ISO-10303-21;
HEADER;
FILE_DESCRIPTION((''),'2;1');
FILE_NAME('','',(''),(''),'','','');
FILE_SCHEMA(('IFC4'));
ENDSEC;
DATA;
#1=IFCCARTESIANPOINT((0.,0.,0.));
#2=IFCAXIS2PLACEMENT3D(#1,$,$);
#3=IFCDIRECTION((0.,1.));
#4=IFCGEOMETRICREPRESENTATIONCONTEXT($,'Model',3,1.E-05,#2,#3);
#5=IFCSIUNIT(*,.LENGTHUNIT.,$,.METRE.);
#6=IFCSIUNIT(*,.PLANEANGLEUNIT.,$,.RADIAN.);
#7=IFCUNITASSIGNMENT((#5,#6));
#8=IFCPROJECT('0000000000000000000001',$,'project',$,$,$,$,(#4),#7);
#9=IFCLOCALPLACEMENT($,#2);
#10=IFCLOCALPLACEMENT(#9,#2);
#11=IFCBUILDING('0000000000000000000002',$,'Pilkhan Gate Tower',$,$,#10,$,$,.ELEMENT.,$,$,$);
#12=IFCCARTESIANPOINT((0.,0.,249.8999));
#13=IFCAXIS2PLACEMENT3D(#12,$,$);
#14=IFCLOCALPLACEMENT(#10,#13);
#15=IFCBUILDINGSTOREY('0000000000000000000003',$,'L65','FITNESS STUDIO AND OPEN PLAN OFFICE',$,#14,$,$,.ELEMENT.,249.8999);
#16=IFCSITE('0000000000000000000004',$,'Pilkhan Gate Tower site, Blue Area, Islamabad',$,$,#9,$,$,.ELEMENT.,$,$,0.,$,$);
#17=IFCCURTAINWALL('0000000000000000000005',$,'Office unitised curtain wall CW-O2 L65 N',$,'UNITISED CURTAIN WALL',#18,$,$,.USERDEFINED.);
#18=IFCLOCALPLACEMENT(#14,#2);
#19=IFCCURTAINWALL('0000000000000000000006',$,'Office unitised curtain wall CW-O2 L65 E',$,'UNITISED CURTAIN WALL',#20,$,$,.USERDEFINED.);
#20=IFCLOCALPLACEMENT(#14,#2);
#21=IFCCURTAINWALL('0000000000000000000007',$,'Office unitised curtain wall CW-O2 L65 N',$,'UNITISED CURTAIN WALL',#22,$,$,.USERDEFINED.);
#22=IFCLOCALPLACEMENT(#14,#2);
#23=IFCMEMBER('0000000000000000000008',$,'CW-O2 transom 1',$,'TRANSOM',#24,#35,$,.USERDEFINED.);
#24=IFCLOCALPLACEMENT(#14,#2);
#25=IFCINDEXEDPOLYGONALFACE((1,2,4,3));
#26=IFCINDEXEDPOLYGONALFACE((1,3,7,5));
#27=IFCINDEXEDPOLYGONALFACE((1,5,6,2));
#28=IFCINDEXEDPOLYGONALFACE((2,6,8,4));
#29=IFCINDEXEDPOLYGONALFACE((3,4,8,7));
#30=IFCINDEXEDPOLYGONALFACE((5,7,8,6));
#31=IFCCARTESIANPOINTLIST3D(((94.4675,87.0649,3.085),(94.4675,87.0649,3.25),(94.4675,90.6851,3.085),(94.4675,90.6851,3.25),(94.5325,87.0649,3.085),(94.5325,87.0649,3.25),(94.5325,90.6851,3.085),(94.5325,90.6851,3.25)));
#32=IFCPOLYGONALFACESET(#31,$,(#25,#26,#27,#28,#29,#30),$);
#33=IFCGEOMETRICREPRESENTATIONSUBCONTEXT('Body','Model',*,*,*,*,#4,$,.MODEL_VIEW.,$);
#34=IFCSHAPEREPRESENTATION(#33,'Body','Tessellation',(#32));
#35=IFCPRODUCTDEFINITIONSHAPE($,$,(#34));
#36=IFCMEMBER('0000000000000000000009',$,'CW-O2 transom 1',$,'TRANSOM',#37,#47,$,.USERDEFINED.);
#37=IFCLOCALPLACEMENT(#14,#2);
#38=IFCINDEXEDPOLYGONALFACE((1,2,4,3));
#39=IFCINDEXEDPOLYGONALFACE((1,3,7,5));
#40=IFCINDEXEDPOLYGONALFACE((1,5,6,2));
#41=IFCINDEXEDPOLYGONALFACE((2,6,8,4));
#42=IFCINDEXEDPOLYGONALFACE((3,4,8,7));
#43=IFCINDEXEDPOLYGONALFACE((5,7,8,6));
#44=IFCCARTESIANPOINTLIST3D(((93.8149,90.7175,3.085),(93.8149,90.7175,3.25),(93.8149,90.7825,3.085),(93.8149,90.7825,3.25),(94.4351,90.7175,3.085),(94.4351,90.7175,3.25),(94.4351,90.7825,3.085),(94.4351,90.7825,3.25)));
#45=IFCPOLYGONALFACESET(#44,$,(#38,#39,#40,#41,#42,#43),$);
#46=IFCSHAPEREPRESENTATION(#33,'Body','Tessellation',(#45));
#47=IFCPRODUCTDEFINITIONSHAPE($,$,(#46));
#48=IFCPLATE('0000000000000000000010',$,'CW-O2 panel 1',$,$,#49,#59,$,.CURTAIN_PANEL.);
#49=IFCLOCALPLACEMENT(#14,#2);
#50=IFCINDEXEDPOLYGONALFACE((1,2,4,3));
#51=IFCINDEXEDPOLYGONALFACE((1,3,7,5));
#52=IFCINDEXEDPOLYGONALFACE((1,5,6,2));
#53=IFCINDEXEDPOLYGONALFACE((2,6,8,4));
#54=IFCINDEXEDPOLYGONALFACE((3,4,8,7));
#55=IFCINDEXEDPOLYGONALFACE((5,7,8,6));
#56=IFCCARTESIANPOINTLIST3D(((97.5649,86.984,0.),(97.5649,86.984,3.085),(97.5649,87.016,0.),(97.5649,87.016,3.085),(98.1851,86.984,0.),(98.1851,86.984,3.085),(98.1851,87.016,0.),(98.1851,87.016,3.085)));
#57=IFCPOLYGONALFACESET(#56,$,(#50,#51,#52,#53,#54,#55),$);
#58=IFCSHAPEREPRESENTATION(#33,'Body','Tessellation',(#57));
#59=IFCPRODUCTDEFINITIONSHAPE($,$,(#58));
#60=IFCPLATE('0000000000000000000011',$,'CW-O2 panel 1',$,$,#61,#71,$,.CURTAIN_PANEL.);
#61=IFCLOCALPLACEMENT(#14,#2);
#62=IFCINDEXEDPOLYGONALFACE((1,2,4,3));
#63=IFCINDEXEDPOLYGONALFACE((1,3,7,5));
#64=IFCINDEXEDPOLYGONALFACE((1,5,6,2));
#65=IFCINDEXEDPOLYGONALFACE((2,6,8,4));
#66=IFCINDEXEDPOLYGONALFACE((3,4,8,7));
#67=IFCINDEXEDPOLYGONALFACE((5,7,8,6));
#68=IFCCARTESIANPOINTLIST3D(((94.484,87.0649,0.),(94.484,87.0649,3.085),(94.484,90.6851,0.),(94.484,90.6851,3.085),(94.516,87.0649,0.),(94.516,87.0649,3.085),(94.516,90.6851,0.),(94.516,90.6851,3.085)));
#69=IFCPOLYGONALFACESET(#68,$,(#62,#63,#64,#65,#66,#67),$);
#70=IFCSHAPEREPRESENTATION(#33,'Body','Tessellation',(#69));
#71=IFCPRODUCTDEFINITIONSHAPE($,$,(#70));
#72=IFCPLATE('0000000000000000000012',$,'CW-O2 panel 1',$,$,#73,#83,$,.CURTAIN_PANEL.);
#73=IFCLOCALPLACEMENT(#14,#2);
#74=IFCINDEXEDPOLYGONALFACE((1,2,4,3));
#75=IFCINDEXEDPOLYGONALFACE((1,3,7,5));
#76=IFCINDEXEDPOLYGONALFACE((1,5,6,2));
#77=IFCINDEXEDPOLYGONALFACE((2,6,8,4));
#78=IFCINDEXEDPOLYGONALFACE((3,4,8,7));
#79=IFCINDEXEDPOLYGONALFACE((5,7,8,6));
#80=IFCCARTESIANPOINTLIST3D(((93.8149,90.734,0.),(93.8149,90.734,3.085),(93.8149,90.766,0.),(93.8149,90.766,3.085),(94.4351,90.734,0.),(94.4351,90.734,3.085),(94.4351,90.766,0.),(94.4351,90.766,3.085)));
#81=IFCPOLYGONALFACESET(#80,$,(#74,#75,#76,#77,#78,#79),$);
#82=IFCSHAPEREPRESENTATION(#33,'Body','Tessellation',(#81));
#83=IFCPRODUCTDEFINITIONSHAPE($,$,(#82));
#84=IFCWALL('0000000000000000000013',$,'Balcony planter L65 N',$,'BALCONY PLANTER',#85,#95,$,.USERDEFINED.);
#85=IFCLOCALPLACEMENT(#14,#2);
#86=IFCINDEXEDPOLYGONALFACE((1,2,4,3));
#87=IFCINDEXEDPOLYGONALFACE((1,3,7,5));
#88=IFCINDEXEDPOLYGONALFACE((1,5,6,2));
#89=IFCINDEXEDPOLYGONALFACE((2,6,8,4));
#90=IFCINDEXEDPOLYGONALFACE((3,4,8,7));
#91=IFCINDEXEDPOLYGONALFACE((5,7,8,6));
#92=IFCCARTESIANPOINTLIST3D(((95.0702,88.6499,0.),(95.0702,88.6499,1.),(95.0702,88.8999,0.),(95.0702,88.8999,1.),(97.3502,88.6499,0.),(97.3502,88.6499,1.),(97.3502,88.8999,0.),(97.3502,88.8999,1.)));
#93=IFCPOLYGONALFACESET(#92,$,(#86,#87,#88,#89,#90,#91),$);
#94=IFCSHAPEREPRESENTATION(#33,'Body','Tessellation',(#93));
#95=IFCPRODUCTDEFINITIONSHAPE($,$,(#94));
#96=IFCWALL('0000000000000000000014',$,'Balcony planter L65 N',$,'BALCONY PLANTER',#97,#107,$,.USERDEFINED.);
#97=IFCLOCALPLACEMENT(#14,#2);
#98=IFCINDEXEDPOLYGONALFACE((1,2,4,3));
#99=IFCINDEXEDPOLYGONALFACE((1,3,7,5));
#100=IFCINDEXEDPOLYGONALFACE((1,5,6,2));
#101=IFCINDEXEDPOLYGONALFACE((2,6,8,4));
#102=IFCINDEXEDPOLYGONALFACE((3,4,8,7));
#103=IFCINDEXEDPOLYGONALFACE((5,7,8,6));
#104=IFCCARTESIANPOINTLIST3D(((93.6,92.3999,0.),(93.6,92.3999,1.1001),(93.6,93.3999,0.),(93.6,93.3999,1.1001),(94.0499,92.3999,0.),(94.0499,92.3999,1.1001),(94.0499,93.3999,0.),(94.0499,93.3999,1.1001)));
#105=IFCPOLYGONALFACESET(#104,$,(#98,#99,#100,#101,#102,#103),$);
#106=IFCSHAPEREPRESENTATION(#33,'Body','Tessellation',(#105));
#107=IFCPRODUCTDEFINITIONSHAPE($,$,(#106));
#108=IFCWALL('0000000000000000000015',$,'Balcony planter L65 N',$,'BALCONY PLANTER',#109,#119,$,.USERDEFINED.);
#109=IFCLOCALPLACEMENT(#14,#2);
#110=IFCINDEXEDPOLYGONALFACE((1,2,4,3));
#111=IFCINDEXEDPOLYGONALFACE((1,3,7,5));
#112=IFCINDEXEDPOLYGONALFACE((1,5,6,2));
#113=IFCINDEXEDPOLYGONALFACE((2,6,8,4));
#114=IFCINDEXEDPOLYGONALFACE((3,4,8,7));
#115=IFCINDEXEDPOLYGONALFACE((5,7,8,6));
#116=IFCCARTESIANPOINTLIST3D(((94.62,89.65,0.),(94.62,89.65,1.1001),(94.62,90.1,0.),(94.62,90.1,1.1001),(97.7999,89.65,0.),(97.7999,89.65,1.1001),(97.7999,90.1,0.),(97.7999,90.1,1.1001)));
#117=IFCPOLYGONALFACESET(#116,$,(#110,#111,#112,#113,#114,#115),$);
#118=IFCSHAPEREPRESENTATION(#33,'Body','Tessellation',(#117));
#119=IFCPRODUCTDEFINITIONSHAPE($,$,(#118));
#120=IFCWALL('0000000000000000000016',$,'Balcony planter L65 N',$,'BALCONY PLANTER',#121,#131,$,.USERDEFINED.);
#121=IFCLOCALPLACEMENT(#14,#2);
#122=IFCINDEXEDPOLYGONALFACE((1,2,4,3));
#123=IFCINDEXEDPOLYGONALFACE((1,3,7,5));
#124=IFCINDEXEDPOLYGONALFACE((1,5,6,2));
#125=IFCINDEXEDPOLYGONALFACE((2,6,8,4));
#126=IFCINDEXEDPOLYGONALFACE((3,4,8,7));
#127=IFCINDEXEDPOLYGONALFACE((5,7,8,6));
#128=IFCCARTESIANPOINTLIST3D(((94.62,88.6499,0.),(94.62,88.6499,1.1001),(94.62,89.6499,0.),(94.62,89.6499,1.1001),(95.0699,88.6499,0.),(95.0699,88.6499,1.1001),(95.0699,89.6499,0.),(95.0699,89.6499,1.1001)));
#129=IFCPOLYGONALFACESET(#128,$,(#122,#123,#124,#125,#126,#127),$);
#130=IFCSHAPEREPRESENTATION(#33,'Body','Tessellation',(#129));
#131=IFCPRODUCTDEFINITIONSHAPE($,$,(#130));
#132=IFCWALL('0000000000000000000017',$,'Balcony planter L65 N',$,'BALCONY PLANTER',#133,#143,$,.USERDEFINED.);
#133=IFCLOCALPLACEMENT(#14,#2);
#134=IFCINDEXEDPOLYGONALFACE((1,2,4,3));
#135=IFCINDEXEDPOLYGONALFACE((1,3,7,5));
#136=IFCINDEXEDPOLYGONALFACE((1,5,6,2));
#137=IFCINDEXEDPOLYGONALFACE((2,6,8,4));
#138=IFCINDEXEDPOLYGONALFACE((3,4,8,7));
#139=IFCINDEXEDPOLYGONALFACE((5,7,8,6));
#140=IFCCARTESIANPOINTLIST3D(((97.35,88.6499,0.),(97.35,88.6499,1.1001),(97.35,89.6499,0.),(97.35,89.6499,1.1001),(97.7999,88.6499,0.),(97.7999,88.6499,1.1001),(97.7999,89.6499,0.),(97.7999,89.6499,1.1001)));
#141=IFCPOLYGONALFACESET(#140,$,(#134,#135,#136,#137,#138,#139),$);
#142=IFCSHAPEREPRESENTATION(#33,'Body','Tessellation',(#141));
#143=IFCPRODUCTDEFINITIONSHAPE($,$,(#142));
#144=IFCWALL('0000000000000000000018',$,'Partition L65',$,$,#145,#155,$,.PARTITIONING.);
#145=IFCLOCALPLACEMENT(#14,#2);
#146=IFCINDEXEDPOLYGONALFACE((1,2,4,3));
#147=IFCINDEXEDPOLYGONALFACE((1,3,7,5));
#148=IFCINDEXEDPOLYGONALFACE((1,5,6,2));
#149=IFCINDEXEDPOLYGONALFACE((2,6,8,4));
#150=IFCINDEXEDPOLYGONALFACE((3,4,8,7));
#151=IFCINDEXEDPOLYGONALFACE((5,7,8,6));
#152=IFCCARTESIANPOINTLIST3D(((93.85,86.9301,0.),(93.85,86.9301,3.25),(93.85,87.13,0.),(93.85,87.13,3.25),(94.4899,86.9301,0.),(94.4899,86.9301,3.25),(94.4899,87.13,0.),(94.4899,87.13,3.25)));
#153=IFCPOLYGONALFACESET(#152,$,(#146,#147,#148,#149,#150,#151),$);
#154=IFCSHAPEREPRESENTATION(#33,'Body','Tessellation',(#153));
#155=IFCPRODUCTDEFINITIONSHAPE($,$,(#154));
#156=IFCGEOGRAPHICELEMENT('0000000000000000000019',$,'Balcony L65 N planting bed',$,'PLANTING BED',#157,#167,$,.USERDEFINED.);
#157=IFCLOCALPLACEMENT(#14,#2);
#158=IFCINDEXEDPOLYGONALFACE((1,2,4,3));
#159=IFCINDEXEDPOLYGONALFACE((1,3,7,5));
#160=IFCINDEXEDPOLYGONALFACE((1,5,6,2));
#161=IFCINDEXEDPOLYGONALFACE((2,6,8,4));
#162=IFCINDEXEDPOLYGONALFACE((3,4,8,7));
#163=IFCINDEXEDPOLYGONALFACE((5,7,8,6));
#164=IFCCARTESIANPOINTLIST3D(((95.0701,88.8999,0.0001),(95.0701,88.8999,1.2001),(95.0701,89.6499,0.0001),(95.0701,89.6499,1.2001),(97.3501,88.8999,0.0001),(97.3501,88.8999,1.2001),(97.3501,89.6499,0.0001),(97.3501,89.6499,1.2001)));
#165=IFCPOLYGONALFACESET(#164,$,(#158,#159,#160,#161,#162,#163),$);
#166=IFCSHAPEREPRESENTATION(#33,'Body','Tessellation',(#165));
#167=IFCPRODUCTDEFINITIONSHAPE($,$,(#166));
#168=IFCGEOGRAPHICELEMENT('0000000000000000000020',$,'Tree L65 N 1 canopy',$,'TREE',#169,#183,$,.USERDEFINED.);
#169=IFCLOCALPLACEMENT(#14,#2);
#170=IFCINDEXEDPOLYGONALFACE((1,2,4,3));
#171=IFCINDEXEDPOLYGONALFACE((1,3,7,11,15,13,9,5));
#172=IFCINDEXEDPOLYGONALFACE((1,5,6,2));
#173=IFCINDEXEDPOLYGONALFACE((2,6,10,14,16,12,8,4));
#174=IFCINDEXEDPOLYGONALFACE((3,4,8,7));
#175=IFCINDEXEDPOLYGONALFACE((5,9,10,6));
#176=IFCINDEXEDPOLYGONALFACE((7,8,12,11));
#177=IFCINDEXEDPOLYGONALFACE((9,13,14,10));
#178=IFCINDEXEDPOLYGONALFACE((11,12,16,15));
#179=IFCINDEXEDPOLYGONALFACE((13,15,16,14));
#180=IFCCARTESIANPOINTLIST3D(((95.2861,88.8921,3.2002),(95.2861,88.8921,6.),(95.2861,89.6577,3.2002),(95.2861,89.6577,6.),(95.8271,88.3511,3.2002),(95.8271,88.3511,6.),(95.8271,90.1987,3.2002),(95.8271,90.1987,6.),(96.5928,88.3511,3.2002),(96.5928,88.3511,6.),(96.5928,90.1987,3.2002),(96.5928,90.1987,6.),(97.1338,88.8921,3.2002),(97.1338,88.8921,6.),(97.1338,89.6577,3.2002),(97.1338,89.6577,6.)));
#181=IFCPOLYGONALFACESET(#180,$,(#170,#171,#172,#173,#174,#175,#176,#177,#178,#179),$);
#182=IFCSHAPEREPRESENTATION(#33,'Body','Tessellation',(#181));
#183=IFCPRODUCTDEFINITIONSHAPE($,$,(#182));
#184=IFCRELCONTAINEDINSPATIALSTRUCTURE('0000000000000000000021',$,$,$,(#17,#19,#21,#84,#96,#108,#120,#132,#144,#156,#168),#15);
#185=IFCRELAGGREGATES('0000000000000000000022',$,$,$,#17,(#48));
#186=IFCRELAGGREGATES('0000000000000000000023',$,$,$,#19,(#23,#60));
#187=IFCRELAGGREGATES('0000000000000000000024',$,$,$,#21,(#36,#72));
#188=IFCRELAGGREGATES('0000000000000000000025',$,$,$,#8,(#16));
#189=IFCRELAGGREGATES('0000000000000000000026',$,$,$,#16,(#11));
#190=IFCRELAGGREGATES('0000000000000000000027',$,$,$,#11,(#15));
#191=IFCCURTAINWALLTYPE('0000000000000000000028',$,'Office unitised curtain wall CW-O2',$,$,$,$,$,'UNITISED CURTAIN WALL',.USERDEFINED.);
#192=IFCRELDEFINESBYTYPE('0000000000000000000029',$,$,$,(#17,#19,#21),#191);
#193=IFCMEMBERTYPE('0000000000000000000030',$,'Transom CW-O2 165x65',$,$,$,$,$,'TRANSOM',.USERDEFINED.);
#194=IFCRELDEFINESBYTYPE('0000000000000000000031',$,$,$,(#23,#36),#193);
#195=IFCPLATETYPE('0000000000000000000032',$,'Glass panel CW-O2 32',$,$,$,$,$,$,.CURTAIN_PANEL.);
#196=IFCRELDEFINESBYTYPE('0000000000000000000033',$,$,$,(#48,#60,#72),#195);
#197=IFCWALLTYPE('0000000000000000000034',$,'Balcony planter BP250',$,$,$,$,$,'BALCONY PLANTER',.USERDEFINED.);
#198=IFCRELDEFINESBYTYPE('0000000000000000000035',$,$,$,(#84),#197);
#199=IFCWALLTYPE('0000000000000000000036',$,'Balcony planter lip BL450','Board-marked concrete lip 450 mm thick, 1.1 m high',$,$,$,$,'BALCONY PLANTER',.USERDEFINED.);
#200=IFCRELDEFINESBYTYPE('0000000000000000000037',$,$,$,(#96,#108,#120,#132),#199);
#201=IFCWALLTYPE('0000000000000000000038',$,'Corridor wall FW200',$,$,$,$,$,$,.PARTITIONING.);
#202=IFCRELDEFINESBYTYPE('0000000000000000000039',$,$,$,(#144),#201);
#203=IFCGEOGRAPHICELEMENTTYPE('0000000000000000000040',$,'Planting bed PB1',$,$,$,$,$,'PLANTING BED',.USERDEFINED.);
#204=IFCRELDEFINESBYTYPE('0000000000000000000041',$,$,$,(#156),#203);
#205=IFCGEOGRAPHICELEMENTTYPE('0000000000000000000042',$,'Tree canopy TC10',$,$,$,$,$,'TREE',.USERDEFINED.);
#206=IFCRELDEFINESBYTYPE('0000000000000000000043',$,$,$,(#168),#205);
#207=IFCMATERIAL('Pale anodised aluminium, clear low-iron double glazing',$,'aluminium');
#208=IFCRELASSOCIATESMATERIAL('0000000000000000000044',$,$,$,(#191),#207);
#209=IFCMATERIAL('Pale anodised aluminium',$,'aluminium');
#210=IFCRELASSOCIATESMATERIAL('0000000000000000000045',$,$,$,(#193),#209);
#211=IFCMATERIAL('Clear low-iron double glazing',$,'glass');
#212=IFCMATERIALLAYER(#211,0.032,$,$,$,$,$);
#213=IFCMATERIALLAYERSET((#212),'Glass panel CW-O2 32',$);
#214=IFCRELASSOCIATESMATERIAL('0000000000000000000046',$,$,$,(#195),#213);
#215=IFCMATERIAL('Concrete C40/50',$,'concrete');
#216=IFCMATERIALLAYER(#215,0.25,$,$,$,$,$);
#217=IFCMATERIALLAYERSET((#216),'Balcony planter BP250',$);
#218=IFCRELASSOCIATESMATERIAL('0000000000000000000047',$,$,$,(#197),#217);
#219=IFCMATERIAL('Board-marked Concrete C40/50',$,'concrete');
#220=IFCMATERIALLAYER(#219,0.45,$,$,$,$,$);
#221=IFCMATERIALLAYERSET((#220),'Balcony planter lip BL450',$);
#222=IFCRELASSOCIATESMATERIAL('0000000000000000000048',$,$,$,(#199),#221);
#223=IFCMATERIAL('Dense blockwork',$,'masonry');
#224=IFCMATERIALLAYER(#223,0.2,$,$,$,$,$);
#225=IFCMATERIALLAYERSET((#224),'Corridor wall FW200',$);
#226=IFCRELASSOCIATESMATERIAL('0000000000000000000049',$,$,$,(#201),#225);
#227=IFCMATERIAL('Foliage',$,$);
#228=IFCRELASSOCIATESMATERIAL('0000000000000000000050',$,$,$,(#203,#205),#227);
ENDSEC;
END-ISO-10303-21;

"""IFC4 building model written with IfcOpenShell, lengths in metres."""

from ifc_helpers import new_model, si_unit, direction, frame, frame_2d, origin, origin_2d, place, context, subcontext, project, spatial, polyline, rectangle, outline, extrude, material, layer, layer_set, material_profile, profile_set, type_object, element, aggregate, save


model = new_model("IFC4")

# Units and contexts
model_context = context("Model", 3, precision=1e-05, world=origin(), true_north=direction((0.0, 1.0)))
body_context = subcontext(model_context, "Body", "Model", "MODEL_VIEW")
ifc_project = project(units=[si_unit("LENGTHUNIT", "METRE"), si_unit("PLANEANGLEUNIT", "RADIAN")], contexts=[model_context])

# Site, building, storey
site_placement = place(None, origin())
site = spatial("IfcSite", under=ifc_project, at=site_placement, Name="Pilkhan Gate Tower site, Blue Area, Islamabad", CompositionType="ELEMENT", RefElevation=0.0)
building_placement = place(site_placement, origin())
building = spatial("IfcBuilding", under=site, at=building_placement, Name="Pilkhan Gate Tower", CompositionType="ELEMENT")
storey_placement = place(building_placement, frame((0.0, 0.0, 249.8999)))
storey = spatial("IfcBuildingStorey", under=building, at=storey_placement, Name="L65", Description="FITNESS STUDIO AND OPEN PLAN OFFICE", CompositionType="ELEMENT", Elevation=249.8999)

# Shared definitions
ifc_material_1 = material(Name="Pale anodised aluminium, clear low-iron double glazing", Category="aluminium")
curtain_wall_type = type_object("IfcCurtainWallType", Name="Office unitised curtain wall CW-O2", ElementType="UNITISED CURTAIN WALL", PredefinedType="USERDEFINED", material=ifc_material_1)
ifc_material_2 = material(Name="Pale anodised aluminium", Category="aluminium")

# Curtain walls
curtain_wall_1_placement = place(storey_placement, origin())
curtain_wall_1 = element("IfcCurtainWall", 1, at=curtain_wall_1_placement, inside=storey, type_object=curtain_wall_type, Name="Office unitised curtain wall CW-O2 L65 N", ObjectType="UNITISED CURTAIN WALL", PredefinedType="USERDEFINED")
curtain_wall_2_placement = place(storey_placement, origin())
curtain_wall_2 = element("IfcCurtainWall", 2, at=curtain_wall_2_placement, inside=storey, type_object=curtain_wall_type, Name="Office unitised curtain wall CW-O2 L65 E", ObjectType="UNITISED CURTAIN WALL", PredefinedType="USERDEFINED")
curtain_wall_3_placement = place(storey_placement, origin())
curtain_wall_3 = element("IfcCurtainWall", 3, at=curtain_wall_3_placement, inside=storey, type_object=curtain_wall_type, Name="Office unitised curtain wall CW-O2 L65 N", ObjectType="UNITISED CURTAIN WALL", PredefinedType="USERDEFINED")

# Members
ifc_material_profile_1 = material_profile(ifc_material_2, rectangle(XDim=0.0649, YDim=0.165, at=origin_2d()), Name="Transom 165x65")
ifc_profile_set_1 = profile_set([ifc_material_profile_1], Name="Pale anodised aluminium")
member_type_1 = type_object("IfcMemberType", Name="Transom CW-O2 165x65", ElementType="TRANSOM", PredefinedType="USERDEFINED", material=ifc_profile_set_1)
member_1_placement = place(storey_placement, frame((94.5, 87.0649, 3.1675), z_axis=(0.0, 1.0, 0.0), x_axis=(-1.0, 0.0, 0.0)))
member_1 = element("IfcMember", 4, at=member_1_placement, type_object=member_type_1, Name="CW-O2 transom 1", ObjectType="TRANSOM", PredefinedType="USERDEFINED", context=body_context, shape_type="SweptSolid", body=[
    extrude(rectangle(XDim=0.0649, YDim=0.165, at=origin_2d()), origin(), (0.0, 0.0, 1.0), 3.6201),
])
member_2_placement = place(storey_placement, frame((93.8149, 90.75, 3.1675), z_axis=(1.0, 0.0, 0.0), x_axis=(0.0, 1.0, 0.0)))
member_2 = element("IfcMember", 5, at=member_2_placement, type_object=member_type_1, Name="CW-O2 transom 1", ObjectType="TRANSOM", PredefinedType="USERDEFINED", context=body_context, shape_type="SweptSolid", body=[
    extrude(rectangle(XDim=0.0649, YDim=0.165, at=origin_2d()), origin(), (0.0, 0.0, 1.0), 0.6201),
])

# Plates
ifc_material_3 = material(Name="Clear low-iron double glazing", Category="glass")
ifc_layer_1 = layer(ifc_material_3, 0.032)
ifc_layer_set_1 = layer_set([ifc_layer_1], Name="Glass panel CW-O2 32")
plate_type = type_object("IfcPlateType", Name="Glass panel CW-O2 32", PredefinedType="CURTAIN_PANEL", material=ifc_layer_set_1)
plate_1_placement = place(storey_placement, frame((97.875, 87.0, 0.0), z_axis=(0.0, 0.0, 1.0), x_axis=(1.0, 0.0, 0.0)))
plate_1 = element("IfcPlate", 6, at=plate_1_placement, type_object=plate_type, Name="CW-O2 panel 1", PredefinedType="CURTAIN_PANEL", context=body_context, shape_type="SweptSolid", body=[
    extrude(rectangle(XDim=0.6201, YDim=0.032, at=origin_2d()), origin(), (0.0, 0.0, 1.0), 3.085),
])
aggregate(curtain_wall_1, [plate_1])
plate_2_placement = place(storey_placement, frame((94.5, 88.875, 0.0), z_axis=(0.0, 0.0, 1.0), x_axis=(0.0, 1.0, 0.0)))
plate_2 = element("IfcPlate", 7, at=plate_2_placement, type_object=plate_type, Name="CW-O2 panel 1", PredefinedType="CURTAIN_PANEL", context=body_context, shape_type="SweptSolid", body=[
    extrude(rectangle(XDim=3.6201, YDim=0.032, at=origin_2d()), origin(), (0.0, 0.0, 1.0), 3.085),
])
aggregate(curtain_wall_2, [member_1, plate_2])
plate_3_placement = place(storey_placement, frame((94.125, 90.75, 0.0), z_axis=(0.0, 0.0, 1.0), x_axis=(1.0, 0.0, 0.0)))
plate_3 = element("IfcPlate", 8, at=plate_3_placement, type_object=plate_type, Name="CW-O2 panel 1", PredefinedType="CURTAIN_PANEL", context=body_context, shape_type="SweptSolid", body=[
    extrude(rectangle(XDim=0.6201, YDim=0.032, at=origin_2d()), origin(), (0.0, 0.0, 1.0), 3.085),
])
aggregate(curtain_wall_3, [member_2, plate_3])

# Walls
ifc_material_4 = material(Name="Concrete C40/50", Category="concrete")
ifc_layer_2 = layer(ifc_material_4, 0.25)
ifc_layer_set_2 = layer_set([ifc_layer_2], Name="Balcony planter BP250")
wall_type_1 = type_object("IfcWallType", Name="Balcony planter BP250", ElementType="BALCONY PLANTER", PredefinedType="USERDEFINED", material=ifc_layer_set_2)
wall_1_placement = place(storey_placement, frame((95.0701, 88.7749, 0.0), z_axis=(0.0, 0.0, 1.0), x_axis=(1.0, 0.0, 0.0)))
element("IfcWall", 9, at=wall_1_placement, inside=storey, type_object=wall_type_1, Name="Balcony planter L65 N", ObjectType="BALCONY PLANTER", PredefinedType="USERDEFINED", context=body_context, shape_type="SweptSolid", body=[
    extrude(rectangle(XDim=2.28, YDim=0.25, at=frame_2d((1.1401, 0.0))), origin(), (0.0, 0.0, 1.0), 1.0),
])
ifc_material_5 = material(Name="Board-marked Concrete C40/50", Category="concrete")
ifc_layer_3 = layer(ifc_material_5, 0.45)
ifc_layer_set_3 = layer_set([ifc_layer_3], Name="Balcony planter lip BL450")
wall_type_2 = type_object("IfcWallType", Name="Balcony planter lip BL450", Description="Board-marked concrete lip 450 mm thick, 1.1 m high", ElementType="BALCONY PLANTER", PredefinedType="USERDEFINED", material=ifc_layer_set_3)
wall_2_placement = place(storey_placement, frame((93.825, 92.3999, 0.0), z_axis=(0.0, 0.0, 1.0), x_axis=(0.0, 1.0, 0.0)))
element("IfcWall", 10, at=wall_2_placement, inside=storey, type_object=wall_type_2, Name="Balcony planter L65 N", ObjectType="BALCONY PLANTER", PredefinedType="USERDEFINED", context=body_context, shape_type="SweptSolid", body=[
    extrude(rectangle(XDim=1.0, YDim=0.45, at=frame_2d((0.5, 0.0))), origin(), (0.0, 0.0, 1.0), 1.1001),
])
wall_3_placement = place(storey_placement, frame((94.6201, 89.875, 0.0), z_axis=(0.0, 0.0, 1.0), x_axis=(1.0, 0.0, 0.0)))
element("IfcWall", 11, at=wall_3_placement, inside=storey, type_object=wall_type_2, Name="Balcony planter L65 N", ObjectType="BALCONY PLANTER", PredefinedType="USERDEFINED", context=body_context, shape_type="SweptSolid", body=[
    extrude(rectangle(XDim=3.1799, YDim=0.45, at=frame_2d((1.5898, 0.0))), origin(), (0.0, 0.0, 1.0), 1.1001),
])
for number, where, z_axis, x_axis, name in (
    (12, (94.845, 88.6499, 0.0), (0.0, 0.0, 1.0), (0.0, 1.0, 0.0), "Balcony planter L65 N"),
    (13, (97.575, 88.6499, 0.0), (0.0, 0.0, 1.0), (0.0, 1.0, 0.0), "Balcony planter L65 N"),
):
    element("IfcWall", number, at=place(storey_placement, frame(where, z_axis=z_axis, x_axis=x_axis)), inside=storey, type_object=wall_type_2, Name=name, ObjectType="BALCONY PLANTER", PredefinedType="USERDEFINED", context=body_context, shape_type="SweptSolid", body=[
        extrude(rectangle(XDim=1.0, YDim=0.45, at=frame_2d((0.5, 0.0))), origin(), (0.0, 0.0, 1.0), 1.1001),
    ])
ifc_material_6 = material(Name="Dense blockwork", Category="masonry")
ifc_layer_4 = layer(ifc_material_6, 0.2)
ifc_layer_set_4 = layer_set([ifc_layer_4], Name="Corridor wall FW200")
wall_type_3 = type_object("IfcWallType", Name="Corridor wall FW200", PredefinedType="PARTITIONING", material=ifc_layer_set_4)
wall_4_placement = place(storey_placement, frame((93.8501, 87.03, 0.0), z_axis=(0.0, 0.0, 1.0), x_axis=(1.0, 0.0, 0.0)))
element("IfcWall", 14, at=wall_4_placement, inside=storey, type_object=wall_type_3, Name="Partition L65", PredefinedType="PARTITIONING", context=body_context, shape_type="SweptSolid", body=[
    extrude(rectangle(XDim=0.6399, YDim=0.2, at=frame_2d((0.3198, 0.0))), origin(), (0.0, 0.0, 1.0), 3.25),
])

# Geographic elements
ifc_material_7 = material(Name="Foliage")
ifc_material_profile_2 = material_profile(ifc_material_7, rectangle(XDim=0.75, YDim=1.2, at=origin_2d()), Name="Bed 750x1200")
ifc_profile_set_2 = profile_set([ifc_material_profile_2], Name="Foliage")
geographic_element_type_1 = type_object("IfcGeographicElementType", Name="Planting bed PB1", ElementType="PLANTING BED", PredefinedType="USERDEFINED", material=ifc_profile_set_2)
geographic_element_1_placement = place(storey_placement, frame((95.0701, 89.2749, 0.6001), z_axis=(1.0, 0.0, 0.0), x_axis=(0.0, 1.0, 0.0)))
element("IfcGeographicElement", 15, at=geographic_element_1_placement, inside=storey, type_object=geographic_element_type_1, Name="Balcony L65 N planting bed", ObjectType="PLANTING BED", PredefinedType="USERDEFINED", context=body_context, shape_type="SweptSolid", body=[
    extrude(rectangle(XDim=0.75, YDim=1.2, at=origin_2d()), origin(), (0.0, 0.0, 1.0), 2.28),
])
ifc_material_profile_3 = material_profile(ifc_material_7, outline(polyline([(0.9238, 0.3828), (0.3828, 0.9238), (-0.3828, 0.9238), (-0.9238, 0.3828), (-0.9238, -0.3828), (-0.3828, -0.9238), (0.3828, -0.9238), (0.9238, -0.3828), (0.9238, 0.3828)])), Name="Canopy D2.0")
ifc_profile_set_3 = profile_set([ifc_material_profile_3], Name="Foliage")
geographic_element_type_2 = type_object("IfcGeographicElementType", Name="Tree canopy TC10", ElementType="TREE", PredefinedType="USERDEFINED", material=ifc_profile_set_3)
geographic_element_2_placement = place(storey_placement, frame((96.21, 89.2749, 3.2002), z_axis=(0.0, 0.0, 1.0), x_axis=(1.0, 0.0, 0.0)))
element("IfcGeographicElement", 16, at=geographic_element_2_placement, inside=storey, type_object=geographic_element_type_2, Name="Tree L65 N 1 canopy", ObjectType="TREE", PredefinedType="USERDEFINED", context=body_context, shape_type="SweptSolid", body=[
    extrude(outline(polyline([(0.9238, 0.3828), (0.3828, 0.9238), (-0.3828, 0.9238), (-0.9238, 0.3828), (-0.9238, -0.3828), (-0.3828, -0.9238), (0.3828, -0.9238), (0.9238, -0.3828), (0.9238, 0.3828)])), origin(), (0.0, 0.0, 1.0), 2.7998),
])

save(model, "model.ifc")
